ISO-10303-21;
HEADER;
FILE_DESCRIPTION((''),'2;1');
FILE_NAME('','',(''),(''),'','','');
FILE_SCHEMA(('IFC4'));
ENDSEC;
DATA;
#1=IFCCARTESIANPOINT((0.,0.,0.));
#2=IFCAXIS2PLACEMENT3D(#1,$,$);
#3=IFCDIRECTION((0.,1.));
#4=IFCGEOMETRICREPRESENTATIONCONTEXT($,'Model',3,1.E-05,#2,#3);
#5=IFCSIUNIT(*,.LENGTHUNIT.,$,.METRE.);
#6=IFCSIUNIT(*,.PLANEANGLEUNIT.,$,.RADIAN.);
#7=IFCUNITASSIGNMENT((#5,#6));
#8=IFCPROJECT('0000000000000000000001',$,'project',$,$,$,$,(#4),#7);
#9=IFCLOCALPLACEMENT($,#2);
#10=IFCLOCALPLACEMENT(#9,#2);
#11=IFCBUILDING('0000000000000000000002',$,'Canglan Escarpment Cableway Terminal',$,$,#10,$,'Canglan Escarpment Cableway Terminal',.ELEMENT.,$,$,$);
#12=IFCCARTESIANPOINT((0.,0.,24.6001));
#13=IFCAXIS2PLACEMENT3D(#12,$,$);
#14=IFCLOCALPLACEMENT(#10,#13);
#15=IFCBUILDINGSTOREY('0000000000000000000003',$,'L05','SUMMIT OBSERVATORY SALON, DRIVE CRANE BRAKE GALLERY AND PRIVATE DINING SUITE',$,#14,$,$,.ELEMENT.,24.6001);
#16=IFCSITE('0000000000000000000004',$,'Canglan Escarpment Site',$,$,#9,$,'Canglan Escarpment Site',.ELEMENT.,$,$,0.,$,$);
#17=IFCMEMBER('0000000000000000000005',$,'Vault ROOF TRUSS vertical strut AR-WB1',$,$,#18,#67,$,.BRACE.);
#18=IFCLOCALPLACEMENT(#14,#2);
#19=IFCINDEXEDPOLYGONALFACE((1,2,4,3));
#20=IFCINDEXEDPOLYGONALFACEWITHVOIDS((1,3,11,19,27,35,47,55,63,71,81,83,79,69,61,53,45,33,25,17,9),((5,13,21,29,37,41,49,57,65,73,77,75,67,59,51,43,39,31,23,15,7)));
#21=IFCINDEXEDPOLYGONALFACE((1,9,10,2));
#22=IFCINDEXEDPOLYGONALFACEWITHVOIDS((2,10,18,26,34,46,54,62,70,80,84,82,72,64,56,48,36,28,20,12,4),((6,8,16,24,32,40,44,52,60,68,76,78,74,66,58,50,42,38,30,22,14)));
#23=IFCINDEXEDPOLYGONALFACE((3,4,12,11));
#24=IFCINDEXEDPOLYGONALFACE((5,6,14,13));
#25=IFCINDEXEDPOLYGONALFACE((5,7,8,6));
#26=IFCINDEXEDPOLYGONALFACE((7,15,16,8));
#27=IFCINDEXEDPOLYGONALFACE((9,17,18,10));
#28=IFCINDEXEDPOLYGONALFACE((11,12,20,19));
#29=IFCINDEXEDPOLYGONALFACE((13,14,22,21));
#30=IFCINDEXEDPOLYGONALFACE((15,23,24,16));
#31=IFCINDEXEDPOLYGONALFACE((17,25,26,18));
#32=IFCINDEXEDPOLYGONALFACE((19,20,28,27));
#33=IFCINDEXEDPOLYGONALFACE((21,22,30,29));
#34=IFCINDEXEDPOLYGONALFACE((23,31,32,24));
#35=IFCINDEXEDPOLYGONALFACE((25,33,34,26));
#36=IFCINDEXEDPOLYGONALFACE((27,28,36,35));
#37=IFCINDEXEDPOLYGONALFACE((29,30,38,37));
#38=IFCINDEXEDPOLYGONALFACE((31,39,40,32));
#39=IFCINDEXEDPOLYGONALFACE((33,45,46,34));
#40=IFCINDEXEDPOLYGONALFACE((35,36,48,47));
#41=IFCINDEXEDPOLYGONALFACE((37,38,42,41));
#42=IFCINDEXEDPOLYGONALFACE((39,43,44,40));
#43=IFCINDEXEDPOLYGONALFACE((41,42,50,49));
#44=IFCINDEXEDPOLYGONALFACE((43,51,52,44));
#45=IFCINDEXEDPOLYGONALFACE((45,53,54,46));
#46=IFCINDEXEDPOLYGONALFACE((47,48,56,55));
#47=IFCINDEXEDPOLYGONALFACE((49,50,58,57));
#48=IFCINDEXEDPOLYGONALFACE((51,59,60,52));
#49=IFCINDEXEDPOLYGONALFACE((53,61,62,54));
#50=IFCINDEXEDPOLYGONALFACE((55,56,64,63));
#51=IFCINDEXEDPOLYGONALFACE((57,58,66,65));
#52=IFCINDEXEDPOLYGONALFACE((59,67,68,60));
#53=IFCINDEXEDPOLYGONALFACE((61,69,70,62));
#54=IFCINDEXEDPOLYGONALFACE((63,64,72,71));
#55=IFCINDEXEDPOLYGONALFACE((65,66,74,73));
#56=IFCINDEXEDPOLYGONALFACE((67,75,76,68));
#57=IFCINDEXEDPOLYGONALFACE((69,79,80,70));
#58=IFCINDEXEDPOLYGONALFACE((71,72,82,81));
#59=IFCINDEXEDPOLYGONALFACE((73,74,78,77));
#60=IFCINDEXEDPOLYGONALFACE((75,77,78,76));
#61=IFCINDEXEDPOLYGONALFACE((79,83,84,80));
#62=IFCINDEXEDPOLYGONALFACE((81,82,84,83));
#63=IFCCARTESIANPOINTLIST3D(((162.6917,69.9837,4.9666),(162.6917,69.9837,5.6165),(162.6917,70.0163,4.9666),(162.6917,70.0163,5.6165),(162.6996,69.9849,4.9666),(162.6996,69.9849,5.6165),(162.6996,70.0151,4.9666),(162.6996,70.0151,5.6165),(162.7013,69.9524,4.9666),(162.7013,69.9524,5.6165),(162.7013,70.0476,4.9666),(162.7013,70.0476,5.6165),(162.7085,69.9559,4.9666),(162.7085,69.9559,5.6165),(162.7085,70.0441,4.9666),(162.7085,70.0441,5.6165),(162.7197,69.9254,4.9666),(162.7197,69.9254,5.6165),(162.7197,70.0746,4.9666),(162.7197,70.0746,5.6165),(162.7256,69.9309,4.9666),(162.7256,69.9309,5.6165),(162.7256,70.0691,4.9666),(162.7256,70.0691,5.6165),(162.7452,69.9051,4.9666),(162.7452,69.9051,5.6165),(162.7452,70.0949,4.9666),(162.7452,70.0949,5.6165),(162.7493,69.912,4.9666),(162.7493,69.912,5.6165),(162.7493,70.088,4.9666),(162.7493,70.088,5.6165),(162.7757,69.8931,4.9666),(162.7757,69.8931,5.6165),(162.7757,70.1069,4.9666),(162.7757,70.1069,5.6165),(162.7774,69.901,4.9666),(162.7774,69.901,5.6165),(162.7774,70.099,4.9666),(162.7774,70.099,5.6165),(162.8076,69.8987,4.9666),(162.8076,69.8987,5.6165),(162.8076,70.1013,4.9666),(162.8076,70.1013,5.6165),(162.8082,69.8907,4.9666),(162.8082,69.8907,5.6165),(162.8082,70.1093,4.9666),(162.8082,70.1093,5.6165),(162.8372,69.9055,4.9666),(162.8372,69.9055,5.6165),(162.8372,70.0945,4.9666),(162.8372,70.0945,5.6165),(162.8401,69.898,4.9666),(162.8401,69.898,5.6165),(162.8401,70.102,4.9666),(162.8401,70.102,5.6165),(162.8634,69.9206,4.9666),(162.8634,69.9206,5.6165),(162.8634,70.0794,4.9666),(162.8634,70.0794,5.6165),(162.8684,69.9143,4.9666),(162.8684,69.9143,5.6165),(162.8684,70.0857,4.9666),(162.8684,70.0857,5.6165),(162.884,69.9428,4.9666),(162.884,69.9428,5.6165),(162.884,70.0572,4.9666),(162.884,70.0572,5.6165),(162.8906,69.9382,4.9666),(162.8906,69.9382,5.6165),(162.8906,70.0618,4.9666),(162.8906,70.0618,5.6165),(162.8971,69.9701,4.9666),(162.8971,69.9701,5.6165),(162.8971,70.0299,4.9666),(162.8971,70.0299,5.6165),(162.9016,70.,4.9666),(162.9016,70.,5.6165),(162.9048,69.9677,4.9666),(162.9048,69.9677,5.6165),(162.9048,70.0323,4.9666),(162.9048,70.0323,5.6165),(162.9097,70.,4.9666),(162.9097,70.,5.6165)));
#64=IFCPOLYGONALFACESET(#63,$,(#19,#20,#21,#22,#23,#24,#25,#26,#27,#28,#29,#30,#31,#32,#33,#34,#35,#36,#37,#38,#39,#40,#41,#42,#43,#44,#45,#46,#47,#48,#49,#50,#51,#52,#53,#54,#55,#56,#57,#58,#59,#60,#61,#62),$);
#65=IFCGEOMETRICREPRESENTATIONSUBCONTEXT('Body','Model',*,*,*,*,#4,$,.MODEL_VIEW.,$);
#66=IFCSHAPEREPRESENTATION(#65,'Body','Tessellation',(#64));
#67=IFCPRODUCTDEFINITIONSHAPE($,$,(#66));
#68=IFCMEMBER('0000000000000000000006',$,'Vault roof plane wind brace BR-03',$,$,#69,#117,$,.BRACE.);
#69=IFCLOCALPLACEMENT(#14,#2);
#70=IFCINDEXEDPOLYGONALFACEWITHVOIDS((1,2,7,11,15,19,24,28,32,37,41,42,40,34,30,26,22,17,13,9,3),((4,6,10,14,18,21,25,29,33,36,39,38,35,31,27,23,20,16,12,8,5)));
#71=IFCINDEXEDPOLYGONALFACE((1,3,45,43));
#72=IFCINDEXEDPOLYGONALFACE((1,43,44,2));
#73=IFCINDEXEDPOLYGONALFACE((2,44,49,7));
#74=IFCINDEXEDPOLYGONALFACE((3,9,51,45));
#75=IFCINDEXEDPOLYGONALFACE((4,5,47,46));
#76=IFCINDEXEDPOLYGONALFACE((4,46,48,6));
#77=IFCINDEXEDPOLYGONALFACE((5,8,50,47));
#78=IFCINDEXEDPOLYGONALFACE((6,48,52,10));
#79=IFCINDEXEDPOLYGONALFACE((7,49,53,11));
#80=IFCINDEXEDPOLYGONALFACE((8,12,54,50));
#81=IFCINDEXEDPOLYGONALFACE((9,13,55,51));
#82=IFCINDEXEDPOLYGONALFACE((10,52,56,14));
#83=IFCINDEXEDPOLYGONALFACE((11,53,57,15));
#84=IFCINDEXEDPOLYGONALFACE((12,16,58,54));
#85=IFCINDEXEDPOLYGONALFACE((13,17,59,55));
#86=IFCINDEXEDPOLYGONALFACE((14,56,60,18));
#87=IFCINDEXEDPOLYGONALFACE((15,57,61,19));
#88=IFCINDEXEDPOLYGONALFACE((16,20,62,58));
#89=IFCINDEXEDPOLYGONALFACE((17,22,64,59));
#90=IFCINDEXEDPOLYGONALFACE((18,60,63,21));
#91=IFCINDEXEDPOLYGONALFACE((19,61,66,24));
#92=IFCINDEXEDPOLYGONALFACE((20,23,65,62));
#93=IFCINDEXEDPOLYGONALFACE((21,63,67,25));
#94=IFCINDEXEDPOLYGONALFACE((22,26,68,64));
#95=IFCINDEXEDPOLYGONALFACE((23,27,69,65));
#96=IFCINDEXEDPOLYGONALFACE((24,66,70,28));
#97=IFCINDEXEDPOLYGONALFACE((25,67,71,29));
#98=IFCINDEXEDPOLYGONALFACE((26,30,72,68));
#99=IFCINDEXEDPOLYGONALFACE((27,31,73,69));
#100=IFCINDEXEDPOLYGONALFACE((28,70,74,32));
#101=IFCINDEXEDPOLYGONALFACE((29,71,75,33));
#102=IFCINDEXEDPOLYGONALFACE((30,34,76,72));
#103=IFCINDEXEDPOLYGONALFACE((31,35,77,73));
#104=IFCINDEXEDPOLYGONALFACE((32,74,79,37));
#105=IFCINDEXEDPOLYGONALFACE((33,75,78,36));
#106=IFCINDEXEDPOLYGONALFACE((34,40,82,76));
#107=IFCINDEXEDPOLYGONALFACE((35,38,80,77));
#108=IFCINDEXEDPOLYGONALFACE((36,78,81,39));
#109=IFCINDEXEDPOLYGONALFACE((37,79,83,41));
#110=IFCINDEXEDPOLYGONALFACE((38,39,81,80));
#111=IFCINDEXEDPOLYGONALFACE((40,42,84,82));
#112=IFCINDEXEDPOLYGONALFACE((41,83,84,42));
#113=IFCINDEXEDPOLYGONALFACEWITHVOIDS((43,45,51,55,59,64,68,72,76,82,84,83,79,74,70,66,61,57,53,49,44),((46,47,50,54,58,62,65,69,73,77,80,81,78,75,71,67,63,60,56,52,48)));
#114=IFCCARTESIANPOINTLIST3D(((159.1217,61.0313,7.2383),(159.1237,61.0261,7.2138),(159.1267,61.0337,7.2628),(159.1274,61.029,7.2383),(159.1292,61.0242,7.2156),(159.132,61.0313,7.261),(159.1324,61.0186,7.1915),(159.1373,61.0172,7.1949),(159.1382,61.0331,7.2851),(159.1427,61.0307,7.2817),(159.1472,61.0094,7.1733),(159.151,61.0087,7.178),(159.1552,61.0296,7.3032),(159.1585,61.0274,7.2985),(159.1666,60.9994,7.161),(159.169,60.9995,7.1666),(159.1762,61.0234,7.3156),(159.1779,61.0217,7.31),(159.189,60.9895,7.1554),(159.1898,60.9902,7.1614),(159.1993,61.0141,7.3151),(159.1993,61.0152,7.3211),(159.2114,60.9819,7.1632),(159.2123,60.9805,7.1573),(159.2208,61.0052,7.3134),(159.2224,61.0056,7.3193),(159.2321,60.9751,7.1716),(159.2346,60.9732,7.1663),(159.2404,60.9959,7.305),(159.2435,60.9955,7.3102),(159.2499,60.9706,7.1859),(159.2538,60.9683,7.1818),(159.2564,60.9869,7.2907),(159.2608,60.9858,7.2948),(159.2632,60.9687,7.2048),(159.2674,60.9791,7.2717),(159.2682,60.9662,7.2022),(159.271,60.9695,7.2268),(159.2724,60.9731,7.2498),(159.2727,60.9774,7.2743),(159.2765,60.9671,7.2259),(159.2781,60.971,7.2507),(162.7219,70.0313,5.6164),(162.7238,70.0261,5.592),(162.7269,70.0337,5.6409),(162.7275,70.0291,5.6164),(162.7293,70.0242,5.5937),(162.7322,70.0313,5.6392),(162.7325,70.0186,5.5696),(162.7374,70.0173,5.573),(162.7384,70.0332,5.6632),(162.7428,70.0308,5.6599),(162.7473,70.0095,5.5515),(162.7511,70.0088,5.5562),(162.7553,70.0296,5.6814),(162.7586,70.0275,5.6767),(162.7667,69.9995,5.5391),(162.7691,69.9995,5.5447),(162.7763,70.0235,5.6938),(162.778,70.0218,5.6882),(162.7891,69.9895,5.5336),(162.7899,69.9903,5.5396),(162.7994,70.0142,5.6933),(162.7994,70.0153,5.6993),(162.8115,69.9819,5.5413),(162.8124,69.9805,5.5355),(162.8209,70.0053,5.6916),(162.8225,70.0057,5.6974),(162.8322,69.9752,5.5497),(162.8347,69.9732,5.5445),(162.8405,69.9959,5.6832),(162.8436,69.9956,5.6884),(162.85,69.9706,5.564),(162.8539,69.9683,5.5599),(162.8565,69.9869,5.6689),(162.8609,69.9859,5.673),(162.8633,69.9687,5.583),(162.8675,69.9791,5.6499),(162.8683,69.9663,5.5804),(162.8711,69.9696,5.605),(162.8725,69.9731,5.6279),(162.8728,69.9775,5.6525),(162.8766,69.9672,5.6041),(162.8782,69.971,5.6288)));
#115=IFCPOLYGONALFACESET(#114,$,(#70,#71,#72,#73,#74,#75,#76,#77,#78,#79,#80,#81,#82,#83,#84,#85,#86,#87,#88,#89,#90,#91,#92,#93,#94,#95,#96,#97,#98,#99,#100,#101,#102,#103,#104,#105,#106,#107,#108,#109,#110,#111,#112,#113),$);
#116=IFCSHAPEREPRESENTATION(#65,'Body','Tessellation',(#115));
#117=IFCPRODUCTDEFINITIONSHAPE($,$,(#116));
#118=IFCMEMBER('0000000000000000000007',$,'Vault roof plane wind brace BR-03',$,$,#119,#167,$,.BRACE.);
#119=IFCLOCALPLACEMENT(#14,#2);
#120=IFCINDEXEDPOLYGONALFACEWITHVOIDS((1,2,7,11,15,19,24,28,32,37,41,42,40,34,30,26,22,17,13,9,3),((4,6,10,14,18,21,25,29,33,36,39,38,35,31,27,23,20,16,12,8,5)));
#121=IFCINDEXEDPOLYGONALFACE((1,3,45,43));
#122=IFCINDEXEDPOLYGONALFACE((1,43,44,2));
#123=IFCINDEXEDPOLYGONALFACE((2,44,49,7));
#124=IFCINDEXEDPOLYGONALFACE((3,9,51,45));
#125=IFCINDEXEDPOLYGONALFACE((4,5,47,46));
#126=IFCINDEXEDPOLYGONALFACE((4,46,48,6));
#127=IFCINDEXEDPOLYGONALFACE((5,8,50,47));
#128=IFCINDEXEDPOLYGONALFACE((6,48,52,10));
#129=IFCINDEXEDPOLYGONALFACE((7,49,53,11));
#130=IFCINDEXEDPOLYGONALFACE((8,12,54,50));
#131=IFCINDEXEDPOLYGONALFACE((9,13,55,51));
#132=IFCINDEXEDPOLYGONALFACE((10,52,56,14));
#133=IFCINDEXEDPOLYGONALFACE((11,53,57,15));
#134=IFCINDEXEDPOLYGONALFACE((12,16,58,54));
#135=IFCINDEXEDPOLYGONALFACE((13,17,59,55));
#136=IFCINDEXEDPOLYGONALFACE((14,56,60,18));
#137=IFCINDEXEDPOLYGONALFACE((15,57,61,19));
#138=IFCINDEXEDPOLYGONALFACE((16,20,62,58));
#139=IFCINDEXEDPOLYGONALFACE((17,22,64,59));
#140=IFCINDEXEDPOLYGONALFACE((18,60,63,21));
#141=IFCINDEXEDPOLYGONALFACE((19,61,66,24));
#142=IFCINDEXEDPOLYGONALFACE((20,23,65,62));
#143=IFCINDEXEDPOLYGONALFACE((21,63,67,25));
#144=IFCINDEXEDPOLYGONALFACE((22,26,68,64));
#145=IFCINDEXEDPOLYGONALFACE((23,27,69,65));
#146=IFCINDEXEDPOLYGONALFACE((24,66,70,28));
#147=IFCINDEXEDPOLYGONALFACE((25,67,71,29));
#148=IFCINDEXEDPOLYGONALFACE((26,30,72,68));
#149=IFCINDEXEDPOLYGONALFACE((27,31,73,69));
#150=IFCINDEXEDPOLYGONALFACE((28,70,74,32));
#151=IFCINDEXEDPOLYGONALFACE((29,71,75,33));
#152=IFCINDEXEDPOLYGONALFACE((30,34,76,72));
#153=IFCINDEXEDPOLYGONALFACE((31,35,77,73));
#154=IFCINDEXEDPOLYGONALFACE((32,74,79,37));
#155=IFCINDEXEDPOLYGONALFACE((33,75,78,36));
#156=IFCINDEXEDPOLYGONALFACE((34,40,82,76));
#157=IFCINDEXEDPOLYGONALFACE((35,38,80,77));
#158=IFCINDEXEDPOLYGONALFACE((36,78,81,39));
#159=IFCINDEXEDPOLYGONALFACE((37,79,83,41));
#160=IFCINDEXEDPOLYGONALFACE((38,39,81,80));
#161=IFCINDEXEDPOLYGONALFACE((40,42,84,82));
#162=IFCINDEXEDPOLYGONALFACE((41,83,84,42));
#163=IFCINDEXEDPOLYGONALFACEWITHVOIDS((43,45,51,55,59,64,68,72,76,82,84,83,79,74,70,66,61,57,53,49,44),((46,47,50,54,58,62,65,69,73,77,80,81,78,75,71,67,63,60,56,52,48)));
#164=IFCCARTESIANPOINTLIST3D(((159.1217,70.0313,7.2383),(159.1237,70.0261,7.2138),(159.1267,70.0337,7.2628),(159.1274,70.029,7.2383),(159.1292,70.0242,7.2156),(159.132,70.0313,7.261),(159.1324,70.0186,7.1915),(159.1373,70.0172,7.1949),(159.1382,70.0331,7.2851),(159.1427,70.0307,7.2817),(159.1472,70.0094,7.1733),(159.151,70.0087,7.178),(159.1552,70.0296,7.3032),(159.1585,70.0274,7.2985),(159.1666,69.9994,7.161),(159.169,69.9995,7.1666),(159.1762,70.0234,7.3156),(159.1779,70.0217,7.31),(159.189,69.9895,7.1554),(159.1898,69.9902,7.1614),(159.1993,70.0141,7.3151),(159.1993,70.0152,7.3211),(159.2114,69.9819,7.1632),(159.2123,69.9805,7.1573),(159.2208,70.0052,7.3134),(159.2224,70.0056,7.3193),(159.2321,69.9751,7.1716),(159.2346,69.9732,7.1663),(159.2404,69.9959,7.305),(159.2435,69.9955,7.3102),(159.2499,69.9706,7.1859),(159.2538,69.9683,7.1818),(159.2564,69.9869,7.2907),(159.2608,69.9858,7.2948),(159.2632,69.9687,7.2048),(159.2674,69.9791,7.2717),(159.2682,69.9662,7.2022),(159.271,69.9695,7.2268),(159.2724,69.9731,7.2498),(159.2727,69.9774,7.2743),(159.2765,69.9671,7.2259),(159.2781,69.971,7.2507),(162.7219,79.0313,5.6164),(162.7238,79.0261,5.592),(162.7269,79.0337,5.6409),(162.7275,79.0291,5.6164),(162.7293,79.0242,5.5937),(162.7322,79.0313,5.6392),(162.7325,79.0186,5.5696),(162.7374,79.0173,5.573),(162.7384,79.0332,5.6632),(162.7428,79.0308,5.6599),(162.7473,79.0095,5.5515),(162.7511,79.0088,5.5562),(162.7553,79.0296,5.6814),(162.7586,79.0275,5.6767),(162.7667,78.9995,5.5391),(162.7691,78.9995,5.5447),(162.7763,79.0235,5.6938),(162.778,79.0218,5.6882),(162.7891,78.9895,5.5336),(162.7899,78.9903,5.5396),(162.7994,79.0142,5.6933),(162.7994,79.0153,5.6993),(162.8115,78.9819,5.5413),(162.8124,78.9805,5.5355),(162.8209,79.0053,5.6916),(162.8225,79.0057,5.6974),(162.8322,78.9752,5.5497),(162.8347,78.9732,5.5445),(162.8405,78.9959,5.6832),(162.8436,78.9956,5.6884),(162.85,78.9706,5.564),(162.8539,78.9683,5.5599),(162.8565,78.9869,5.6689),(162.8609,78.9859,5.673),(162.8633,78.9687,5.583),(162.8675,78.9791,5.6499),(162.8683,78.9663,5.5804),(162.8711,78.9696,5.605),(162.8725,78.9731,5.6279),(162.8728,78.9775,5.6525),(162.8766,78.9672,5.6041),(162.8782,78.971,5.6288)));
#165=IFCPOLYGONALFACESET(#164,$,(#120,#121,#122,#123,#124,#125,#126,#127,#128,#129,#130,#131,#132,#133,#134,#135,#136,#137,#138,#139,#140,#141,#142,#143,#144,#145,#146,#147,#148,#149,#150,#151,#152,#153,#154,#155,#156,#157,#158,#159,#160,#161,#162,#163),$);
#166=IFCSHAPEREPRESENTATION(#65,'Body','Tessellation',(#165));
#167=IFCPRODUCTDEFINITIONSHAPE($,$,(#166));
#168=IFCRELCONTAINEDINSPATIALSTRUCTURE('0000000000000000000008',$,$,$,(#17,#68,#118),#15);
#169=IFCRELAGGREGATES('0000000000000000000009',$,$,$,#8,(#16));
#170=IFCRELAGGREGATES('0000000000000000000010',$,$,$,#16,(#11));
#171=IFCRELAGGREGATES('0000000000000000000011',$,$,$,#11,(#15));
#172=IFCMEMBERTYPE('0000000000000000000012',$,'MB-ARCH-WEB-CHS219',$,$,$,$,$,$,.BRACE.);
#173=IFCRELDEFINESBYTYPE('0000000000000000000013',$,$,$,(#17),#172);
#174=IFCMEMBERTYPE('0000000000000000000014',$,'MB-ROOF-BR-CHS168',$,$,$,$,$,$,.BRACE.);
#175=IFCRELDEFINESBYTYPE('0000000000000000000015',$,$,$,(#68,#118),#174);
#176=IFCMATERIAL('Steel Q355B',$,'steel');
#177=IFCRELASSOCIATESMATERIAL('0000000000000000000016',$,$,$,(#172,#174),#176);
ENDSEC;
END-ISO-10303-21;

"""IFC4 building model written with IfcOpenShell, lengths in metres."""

from ifc_helpers import new_model, si_unit, direction, frame, origin, origin_2d, place, context, subcontext, project, spatial, hollow_circle, extrude, material, material_profile, profile_set, type_object, element, save


model = new_model("IFC4")

# Units and contexts
model_context = context("Model", 3, precision=1e-05, world=origin(), true_north=direction((0.0, 1.0)))
body_context = subcontext(model_context, "Body", "Model", "MODEL_VIEW")
ifc_project = project(units=[si_unit("LENGTHUNIT", "METRE"), si_unit("PLANEANGLEUNIT", "RADIAN")], contexts=[model_context])

# Site, building, storey
site_placement = place(None, origin())
site = spatial("IfcSite", under=ifc_project, at=site_placement, Name="Canglan Escarpment Site", LongName="Canglan Escarpment Site", CompositionType="ELEMENT", RefElevation=0.0)
building_placement = place(site_placement, origin())
building = spatial("IfcBuilding", under=site, at=building_placement, Name="Canglan Escarpment Cableway Terminal", LongName="Canglan Escarpment Cableway Terminal", CompositionType="ELEMENT")
storey_placement = place(building_placement, frame((0.0, 0.0, 24.6001)))
storey = spatial("IfcBuildingStorey", under=building, at=storey_placement, Name="L05", Description="SUMMIT OBSERVATORY SALON, DRIVE CRANE BRAKE GALLERY AND PRIVATE DINING SUITE", CompositionType="ELEMENT", Elevation=24.6001)

# Shared definitions
ifc_material = material(Name="Steel Q355B", Category="steel")

# Members
ifc_material_profile_1 = material_profile(ifc_material, hollow_circle(Radius=0.1096, WallThickness=0.0081, at=origin_2d()), Name="CHS 219.1x8")
ifc_profile_set_1 = profile_set([ifc_material_profile_1], Name="Steel Q355B")
member_type_1 = type_object("IfcMemberType", Name="MB-ARCH-WEB-CHS219", PredefinedType="BRACE", material=ifc_profile_set_1)
for number, where, z_axis, x_axis, name in (
    (1, (162.8, 70.0, 4.9666), (0.0, 0.0, 1.0), (1.0, 0.0, 0.0), "Vault ROOF TRUSS vertical strut AR-WB1"),
):
    element("IfcMember", number, at=place(storey_placement, frame(where, z_axis=z_axis, x_axis=x_axis)), inside=storey, type_object=member_type_1, Name=name, PredefinedType="BRACE", context=body_context, shape_type="SweptSolid", body=[
        extrude(hollow_circle(Radius=0.1096, WallThickness=0.0081, at=origin_2d()), origin(), (0.0, 0.0, 1.0), 0.6499),
    ])
ifc_material_profile_2 = material_profile(ifc_material, hollow_circle(Radius=0.0842, WallThickness=0.0061, at=origin_2d()), Name="CHS 168.3x6")
ifc_profile_set_2 = profile_set([ifc_material_profile_2], Name="Steel Q355B")
member_type_2 = type_object("IfcMemberType", Name="MB-ROOF-BR-CHS168", PredefinedType="BRACE", material=ifc_profile_set_2)
for number, where, z_axis, x_axis, name in (
    (2, (159.2, 61.0, 7.2383), (0.366308, 0.915744, -0.16502), (-0.928473, 0.371399, 0.0), "Vault roof plane wind brace BR-03"),
    (3, (159.2, 70.0, 7.2383), (0.366308, 0.915744, -0.16502), (-0.928473, 0.371399, 0.0), "Vault roof plane wind brace BR-03"),
):
    element("IfcMember", number, at=place(storey_placement, frame(where, z_axis=z_axis, x_axis=x_axis)), inside=storey, type_object=member_type_2, Name=name, PredefinedType="BRACE", context=body_context, shape_type="SweptSolid", body=[
        extrude(hollow_circle(Radius=0.0842, WallThickness=0.0061, at=origin_2d()), origin(), (0.0, 0.0, 1.0), 9.8281),
    ])

save(model, "model.ifc")
